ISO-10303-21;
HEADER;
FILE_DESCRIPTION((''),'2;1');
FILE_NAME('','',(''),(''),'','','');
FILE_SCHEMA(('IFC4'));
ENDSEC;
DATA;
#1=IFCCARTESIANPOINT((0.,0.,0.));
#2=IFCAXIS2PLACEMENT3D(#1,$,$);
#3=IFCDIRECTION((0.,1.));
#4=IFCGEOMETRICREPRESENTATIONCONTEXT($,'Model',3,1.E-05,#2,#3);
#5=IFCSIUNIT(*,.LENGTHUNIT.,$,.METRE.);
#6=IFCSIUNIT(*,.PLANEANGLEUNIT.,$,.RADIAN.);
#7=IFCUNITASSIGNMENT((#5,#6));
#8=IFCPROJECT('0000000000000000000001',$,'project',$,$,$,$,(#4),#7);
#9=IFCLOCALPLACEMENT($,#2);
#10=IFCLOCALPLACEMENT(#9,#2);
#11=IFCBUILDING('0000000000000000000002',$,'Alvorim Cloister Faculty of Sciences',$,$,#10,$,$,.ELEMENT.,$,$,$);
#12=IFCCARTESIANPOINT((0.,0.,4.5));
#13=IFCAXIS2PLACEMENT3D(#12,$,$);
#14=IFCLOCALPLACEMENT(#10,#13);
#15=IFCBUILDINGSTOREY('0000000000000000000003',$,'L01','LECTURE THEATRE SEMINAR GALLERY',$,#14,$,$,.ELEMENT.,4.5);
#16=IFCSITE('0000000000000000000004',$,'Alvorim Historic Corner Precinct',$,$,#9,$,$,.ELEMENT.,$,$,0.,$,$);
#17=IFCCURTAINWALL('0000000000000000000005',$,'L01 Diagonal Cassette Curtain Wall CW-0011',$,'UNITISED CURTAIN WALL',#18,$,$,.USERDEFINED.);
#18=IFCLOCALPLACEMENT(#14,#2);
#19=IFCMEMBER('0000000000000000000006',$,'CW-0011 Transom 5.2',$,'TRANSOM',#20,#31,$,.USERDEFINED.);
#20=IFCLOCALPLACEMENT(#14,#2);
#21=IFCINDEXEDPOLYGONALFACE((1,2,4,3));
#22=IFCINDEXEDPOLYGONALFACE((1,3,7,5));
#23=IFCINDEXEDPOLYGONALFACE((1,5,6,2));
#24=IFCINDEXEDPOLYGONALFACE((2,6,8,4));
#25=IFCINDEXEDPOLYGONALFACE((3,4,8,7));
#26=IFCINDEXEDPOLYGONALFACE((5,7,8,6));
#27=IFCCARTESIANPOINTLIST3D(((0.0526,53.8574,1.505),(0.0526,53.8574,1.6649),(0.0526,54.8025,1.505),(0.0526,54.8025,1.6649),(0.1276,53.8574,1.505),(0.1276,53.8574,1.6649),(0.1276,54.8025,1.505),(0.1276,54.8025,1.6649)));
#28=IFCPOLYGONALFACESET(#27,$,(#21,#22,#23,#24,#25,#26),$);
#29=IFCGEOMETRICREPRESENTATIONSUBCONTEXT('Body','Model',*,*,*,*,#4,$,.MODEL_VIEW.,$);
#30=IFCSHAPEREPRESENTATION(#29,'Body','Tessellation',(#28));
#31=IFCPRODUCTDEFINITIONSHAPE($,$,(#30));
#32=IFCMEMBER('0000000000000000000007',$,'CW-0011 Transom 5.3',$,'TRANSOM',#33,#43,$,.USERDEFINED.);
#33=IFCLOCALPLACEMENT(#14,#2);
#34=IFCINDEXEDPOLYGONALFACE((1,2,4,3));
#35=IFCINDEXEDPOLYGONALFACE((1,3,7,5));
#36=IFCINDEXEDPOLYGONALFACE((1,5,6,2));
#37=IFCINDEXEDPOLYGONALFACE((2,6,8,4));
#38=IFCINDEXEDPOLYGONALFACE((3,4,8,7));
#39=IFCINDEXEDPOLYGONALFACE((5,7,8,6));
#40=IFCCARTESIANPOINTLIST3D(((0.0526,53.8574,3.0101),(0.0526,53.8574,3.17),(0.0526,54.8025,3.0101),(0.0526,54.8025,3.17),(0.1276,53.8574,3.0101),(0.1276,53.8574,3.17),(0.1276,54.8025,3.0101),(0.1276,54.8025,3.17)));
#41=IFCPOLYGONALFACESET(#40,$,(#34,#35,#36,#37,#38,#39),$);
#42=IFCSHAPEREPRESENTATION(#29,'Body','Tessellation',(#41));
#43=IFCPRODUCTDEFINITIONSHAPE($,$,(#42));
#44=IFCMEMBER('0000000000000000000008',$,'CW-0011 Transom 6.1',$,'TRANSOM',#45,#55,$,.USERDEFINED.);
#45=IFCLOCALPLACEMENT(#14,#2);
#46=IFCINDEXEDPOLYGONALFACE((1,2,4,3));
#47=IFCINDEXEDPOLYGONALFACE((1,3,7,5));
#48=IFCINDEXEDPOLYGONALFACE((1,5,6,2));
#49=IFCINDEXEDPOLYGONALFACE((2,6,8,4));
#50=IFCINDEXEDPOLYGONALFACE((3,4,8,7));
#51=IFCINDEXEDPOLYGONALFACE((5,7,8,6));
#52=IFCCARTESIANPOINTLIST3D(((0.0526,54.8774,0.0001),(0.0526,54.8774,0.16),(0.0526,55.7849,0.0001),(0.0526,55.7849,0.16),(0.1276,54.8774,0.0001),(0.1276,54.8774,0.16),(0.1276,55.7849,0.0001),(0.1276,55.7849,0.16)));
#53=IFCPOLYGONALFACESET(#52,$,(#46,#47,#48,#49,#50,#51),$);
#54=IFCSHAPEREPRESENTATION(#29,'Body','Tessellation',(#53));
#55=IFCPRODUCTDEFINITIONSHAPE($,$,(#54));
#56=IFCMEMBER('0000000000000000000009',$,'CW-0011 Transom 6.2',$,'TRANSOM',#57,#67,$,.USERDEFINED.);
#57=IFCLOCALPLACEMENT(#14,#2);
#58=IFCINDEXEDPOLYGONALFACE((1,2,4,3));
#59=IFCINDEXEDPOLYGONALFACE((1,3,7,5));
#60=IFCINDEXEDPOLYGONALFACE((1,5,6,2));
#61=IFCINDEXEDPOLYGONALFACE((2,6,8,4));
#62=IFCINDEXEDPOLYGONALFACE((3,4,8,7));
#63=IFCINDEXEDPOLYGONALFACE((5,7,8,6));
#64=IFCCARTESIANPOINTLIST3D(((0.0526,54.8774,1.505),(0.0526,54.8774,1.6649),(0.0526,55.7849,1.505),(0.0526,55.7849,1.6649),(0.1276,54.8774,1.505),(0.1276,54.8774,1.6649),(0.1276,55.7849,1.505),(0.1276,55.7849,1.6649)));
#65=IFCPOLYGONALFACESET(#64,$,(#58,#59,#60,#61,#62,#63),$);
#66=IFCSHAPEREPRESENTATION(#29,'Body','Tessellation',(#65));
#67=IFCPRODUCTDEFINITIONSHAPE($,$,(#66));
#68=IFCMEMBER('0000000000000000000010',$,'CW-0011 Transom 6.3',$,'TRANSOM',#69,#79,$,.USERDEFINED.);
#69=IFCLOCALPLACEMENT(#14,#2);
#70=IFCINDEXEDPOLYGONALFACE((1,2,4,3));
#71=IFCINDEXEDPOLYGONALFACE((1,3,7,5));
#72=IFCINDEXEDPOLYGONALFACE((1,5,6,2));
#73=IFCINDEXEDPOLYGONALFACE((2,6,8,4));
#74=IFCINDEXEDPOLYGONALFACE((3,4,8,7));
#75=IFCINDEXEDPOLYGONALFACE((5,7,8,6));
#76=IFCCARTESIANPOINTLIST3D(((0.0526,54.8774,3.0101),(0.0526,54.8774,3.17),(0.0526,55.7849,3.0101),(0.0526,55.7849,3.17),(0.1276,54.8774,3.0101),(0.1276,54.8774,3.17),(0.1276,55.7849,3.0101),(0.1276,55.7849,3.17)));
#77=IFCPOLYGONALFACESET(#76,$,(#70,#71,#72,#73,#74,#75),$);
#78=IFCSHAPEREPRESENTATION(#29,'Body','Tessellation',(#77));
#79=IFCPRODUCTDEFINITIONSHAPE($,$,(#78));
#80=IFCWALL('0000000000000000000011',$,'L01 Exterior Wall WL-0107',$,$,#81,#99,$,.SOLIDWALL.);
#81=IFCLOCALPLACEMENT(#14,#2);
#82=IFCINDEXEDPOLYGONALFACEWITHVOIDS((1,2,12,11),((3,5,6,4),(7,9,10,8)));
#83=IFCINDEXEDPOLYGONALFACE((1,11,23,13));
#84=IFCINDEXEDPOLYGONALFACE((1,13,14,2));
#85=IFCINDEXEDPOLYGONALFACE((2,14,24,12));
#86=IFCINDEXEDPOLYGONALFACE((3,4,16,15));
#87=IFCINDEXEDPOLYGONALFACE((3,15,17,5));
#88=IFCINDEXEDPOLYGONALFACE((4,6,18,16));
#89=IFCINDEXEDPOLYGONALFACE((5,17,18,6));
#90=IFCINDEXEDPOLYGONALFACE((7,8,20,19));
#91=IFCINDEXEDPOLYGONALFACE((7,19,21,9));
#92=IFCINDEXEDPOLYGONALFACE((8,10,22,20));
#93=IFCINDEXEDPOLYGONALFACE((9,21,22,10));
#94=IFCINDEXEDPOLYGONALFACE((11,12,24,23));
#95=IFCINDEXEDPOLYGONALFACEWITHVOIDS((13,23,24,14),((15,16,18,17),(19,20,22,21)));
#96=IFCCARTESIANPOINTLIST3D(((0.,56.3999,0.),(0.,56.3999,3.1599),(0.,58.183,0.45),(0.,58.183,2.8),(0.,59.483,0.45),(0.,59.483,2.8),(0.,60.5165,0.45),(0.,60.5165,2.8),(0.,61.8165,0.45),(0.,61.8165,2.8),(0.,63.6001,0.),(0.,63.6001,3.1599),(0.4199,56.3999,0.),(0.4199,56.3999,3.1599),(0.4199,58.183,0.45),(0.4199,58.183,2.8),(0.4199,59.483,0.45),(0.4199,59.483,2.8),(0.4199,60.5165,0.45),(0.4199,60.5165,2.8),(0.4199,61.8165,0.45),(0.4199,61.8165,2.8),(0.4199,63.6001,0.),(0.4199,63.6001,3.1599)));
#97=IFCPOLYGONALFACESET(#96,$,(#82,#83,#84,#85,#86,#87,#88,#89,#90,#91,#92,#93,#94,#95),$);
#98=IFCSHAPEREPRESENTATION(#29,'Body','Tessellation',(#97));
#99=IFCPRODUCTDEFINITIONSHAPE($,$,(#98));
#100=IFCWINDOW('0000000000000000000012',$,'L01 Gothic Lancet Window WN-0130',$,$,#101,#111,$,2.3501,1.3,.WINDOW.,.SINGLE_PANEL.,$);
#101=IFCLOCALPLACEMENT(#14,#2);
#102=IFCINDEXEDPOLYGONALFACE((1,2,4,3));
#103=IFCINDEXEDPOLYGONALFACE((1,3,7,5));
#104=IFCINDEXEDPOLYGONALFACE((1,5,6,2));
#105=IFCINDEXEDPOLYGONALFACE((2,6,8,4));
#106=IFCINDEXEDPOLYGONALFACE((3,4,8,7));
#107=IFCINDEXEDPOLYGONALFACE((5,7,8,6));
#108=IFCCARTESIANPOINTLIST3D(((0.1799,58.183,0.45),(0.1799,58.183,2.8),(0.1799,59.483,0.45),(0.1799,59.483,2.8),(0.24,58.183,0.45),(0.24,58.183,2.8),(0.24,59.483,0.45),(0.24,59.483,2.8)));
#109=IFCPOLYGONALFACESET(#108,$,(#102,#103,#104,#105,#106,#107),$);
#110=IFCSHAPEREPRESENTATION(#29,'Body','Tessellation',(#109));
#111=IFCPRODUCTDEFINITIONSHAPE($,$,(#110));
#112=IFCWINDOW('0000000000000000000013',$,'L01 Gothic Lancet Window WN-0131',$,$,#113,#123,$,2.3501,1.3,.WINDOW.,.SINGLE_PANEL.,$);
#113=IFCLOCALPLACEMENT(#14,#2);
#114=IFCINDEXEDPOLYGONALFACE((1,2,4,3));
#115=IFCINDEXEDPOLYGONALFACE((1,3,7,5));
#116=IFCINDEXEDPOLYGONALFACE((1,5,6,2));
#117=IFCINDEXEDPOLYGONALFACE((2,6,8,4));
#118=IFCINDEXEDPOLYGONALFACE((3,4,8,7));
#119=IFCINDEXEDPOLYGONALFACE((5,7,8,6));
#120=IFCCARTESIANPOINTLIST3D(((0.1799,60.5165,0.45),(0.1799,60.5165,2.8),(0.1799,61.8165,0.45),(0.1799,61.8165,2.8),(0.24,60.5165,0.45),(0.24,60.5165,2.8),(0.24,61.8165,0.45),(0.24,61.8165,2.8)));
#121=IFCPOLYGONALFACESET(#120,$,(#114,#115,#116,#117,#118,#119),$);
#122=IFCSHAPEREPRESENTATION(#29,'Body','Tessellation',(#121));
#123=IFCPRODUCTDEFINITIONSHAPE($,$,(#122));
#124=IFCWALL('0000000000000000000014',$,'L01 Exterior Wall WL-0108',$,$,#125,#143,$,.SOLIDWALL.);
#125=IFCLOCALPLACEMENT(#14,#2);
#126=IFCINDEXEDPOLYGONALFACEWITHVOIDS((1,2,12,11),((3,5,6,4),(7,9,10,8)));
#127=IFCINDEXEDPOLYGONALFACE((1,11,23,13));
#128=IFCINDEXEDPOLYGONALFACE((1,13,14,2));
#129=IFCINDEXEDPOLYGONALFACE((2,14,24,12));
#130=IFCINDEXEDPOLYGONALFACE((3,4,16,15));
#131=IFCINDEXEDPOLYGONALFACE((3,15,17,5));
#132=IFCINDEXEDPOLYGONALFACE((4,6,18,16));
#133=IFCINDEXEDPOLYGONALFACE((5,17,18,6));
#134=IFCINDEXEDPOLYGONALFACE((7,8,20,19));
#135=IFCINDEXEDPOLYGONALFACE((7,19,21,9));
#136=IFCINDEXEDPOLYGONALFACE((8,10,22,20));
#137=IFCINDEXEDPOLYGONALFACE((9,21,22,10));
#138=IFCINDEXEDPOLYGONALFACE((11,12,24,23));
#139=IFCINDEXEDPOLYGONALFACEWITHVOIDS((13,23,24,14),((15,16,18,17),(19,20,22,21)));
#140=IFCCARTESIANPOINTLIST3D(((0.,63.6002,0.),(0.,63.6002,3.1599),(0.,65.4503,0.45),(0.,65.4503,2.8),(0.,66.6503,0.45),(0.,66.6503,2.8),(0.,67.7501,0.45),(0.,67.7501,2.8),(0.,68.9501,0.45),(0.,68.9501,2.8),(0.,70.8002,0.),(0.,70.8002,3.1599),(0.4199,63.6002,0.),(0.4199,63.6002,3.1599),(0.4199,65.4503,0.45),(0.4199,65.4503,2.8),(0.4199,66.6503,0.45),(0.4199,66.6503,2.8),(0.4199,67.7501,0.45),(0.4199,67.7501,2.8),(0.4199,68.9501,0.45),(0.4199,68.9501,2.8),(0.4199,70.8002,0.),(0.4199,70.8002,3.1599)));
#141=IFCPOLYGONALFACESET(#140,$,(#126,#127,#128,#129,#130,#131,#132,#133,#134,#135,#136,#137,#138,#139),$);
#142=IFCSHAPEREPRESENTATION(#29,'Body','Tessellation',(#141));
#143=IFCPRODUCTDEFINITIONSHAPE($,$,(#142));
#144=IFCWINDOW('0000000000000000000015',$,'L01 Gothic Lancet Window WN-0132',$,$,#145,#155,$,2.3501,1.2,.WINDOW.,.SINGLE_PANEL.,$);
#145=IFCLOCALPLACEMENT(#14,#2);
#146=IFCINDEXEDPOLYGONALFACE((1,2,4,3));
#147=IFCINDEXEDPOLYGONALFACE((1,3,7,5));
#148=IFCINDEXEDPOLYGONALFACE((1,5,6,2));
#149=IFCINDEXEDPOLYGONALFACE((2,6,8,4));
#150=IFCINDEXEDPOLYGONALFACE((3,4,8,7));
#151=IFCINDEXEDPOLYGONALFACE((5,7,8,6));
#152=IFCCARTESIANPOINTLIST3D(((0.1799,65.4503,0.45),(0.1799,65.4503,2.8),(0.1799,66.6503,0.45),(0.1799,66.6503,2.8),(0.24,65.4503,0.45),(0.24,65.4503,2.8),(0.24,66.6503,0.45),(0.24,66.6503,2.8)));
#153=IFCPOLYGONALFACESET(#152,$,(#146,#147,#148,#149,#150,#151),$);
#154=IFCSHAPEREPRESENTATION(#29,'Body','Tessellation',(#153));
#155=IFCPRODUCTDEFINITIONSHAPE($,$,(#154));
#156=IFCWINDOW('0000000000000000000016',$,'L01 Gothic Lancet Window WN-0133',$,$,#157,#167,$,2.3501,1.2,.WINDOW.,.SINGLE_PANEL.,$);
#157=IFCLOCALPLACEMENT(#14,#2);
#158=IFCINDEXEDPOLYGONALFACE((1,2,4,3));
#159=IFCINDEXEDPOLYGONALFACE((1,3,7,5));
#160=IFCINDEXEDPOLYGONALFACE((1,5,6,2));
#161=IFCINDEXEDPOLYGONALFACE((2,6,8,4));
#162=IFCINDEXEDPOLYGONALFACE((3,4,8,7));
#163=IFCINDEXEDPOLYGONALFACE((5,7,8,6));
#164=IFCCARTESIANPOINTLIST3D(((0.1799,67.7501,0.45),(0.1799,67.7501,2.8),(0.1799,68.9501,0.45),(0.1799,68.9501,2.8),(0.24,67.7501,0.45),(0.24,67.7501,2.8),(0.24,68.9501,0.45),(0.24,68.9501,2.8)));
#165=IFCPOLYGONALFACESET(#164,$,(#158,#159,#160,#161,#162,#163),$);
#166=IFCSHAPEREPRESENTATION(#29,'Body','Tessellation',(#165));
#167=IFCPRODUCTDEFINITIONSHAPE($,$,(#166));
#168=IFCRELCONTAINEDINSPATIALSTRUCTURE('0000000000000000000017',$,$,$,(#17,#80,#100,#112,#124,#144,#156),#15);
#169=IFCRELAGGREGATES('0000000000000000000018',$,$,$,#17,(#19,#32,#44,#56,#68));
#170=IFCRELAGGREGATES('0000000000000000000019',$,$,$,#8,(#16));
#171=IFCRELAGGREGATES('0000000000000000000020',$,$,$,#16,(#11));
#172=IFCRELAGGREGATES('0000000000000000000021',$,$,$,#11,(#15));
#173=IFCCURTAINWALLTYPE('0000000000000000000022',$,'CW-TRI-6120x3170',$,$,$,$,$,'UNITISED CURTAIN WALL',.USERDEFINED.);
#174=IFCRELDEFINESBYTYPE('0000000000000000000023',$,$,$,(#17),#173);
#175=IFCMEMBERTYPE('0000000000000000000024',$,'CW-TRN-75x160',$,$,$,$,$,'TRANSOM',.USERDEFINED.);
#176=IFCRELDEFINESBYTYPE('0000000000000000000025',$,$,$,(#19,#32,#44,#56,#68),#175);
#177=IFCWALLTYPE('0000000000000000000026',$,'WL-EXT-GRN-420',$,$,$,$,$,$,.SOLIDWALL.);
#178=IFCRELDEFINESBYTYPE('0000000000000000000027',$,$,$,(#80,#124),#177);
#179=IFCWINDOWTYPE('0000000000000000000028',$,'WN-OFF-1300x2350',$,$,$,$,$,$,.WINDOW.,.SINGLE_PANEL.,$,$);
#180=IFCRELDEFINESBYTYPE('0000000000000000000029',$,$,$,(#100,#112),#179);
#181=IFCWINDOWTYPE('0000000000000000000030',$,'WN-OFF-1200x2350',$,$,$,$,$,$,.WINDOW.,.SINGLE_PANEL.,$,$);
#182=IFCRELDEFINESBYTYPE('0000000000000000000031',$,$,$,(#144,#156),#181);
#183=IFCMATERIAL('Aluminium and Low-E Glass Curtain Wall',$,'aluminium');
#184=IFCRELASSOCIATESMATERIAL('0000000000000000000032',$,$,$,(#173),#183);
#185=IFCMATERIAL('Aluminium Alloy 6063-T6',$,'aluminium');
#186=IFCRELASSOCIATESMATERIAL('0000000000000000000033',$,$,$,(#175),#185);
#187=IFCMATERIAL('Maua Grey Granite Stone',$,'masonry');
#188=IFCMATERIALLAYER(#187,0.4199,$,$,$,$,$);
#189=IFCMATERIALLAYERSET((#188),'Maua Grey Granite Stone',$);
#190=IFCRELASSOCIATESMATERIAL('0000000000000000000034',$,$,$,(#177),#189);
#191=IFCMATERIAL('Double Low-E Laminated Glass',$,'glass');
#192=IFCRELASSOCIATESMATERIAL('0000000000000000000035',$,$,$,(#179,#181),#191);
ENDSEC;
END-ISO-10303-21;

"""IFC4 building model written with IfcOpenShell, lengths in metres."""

from ifc_helpers import new_model, si_unit, direction, frame, frame_2d, origin, origin_2d, place, context, subcontext, project, spatial, rectangle, extrude, material, layer, layer_set, material_profile, profile_set, type_object, element, fill, aggregate, save


model = new_model("IFC4")

# Units and contexts
model_context = context("Model", 3, precision=1e-05, world=origin(), true_north=direction((0.0, 1.0)))
body_context = subcontext(model_context, "Body", "Model", "MODEL_VIEW")
ifc_project = project(units=[si_unit("LENGTHUNIT", "METRE"), si_unit("PLANEANGLEUNIT", "RADIAN")], contexts=[model_context])

# Site, building, storey
site_placement = place(None, origin())
site = spatial("IfcSite", under=ifc_project, at=site_placement, Name="Alvorim Historic Corner Precinct", CompositionType="ELEMENT", RefElevation=0.0)
building_placement = place(site_placement, origin())
building = spatial("IfcBuilding", under=site, at=building_placement, Name="Alvorim Cloister Faculty of Sciences", CompositionType="ELEMENT")
storey_placement = place(building_placement, frame((0.0, 0.0, 4.5)))
storey = spatial("IfcBuildingStorey", under=building, at=storey_placement, Name="L01", Description="LECTURE THEATRE SEMINAR GALLERY", CompositionType="ELEMENT", Elevation=4.5)

# Curtain wall, members
ifc_material_1 = material(Name="Aluminium and Low-E Glass Curtain Wall", Category="aluminium")
curtain_wall_type = type_object("IfcCurtainWallType", Name="CW-TRI-6120x3170", ElementType="UNITISED CURTAIN WALL", PredefinedType="USERDEFINED", material=ifc_material_1)
curtain_wall_placement = place(storey_placement, origin())
curtain_wall = element("IfcCurtainWall", 1, at=curtain_wall_placement, inside=storey, type_object=curtain_wall_type, Name="L01 Diagonal Cassette Curtain Wall CW-0011", ObjectType="UNITISED CURTAIN WALL", PredefinedType="USERDEFINED")
ifc_material_2 = material(Name="Aluminium Alloy 6063-T6", Category="aluminium")
ifc_material_profile_1 = material_profile(ifc_material_2, rectangle(XDim=0.075, YDim=0.1599, at=origin_2d()), Name="ALU-TRN-75x160")
ifc_profile_set_1 = profile_set([ifc_material_profile_1], Name="Aluminium Alloy 6063-T6")
member_type_1 = type_object("IfcMemberType", Name="CW-TRN-75x160", ElementType="TRANSOM", PredefinedType="USERDEFINED", material=ifc_profile_set_1)
member_1_placement = place(storey_placement, frame((0.0901, 53.8574, 1.585), z_axis=(0.0, 1.0, 0.0), x_axis=(-1.0, 0.0, 0.0)))
member_1 = element("IfcMember", 2, at=member_1_placement, type_object=member_type_1, Name="CW-0011 Transom 5.2", ObjectType="TRANSOM", PredefinedType="USERDEFINED", context=body_context, shape_type="SweptSolid", body=[
    extrude(rectangle(XDim=0.075, YDim=0.1599, at=origin_2d()), origin(), (0.0, 0.0, 1.0), 0.9451),
])
member_2_placement = place(storey_placement, frame((0.0901, 53.8574, 3.0901), z_axis=(0.0, 1.0, 0.0), x_axis=(-1.0, 0.0, 0.0)))
member_2 = element("IfcMember", 3, at=member_2_placement, type_object=member_type_1, Name="CW-0011 Transom 5.3", ObjectType="TRANSOM", PredefinedType="USERDEFINED", context=body_context, shape_type="SweptSolid", body=[
    extrude(rectangle(XDim=0.075, YDim=0.1599, at=origin_2d()), origin(), (0.0, 0.0, 1.0), 0.9451),
])
member_3_placement = place(storey_placement, frame((0.0901, 54.8774, 0.0801), z_axis=(0.0, 1.0, 0.0), x_axis=(-1.0, 0.0, 0.0)))
member_3 = element("IfcMember", 4, at=member_3_placement, type_object=member_type_1, Name="CW-0011 Transom 6.1", ObjectType="TRANSOM", PredefinedType="USERDEFINED", context=body_context, shape_type="SweptSolid", body=[
    extrude(rectangle(XDim=0.075, YDim=0.1599, at=origin_2d()), origin(), (0.0, 0.0, 1.0), 0.9075),
])
member_4_placement = place(storey_placement, frame((0.0901, 54.8774, 1.585), z_axis=(0.0, 1.0, 0.0), x_axis=(-1.0, 0.0, 0.0)))
member_4 = element("IfcMember", 5, at=member_4_placement, type_object=member_type_1, Name="CW-0011 Transom 6.2", ObjectType="TRANSOM", PredefinedType="USERDEFINED", context=body_context, shape_type="SweptSolid", body=[
    extrude(rectangle(XDim=0.075, YDim=0.1599, at=origin_2d()), origin(), (0.0, 0.0, 1.0), 0.9075),
])
member_5_placement = place(storey_placement, frame((0.0901, 54.8774, 3.0901), z_axis=(0.0, 1.0, 0.0), x_axis=(-1.0, 0.0, 0.0)))
member_5 = element("IfcMember", 6, at=member_5_placement, type_object=member_type_1, Name="CW-0011 Transom 6.3", ObjectType="TRANSOM", PredefinedType="USERDEFINED", context=body_context, shape_type="SweptSolid", body=[
    extrude(rectangle(XDim=0.075, YDim=0.1599, at=origin_2d()), origin(), (0.0, 0.0, 1.0), 0.9075),
])
aggregate(curtain_wall, [member_1, member_2, member_3, member_4, member_5])

# Walls, openings, windows
ifc_material_3 = material(Name="Maua Grey Granite Stone", Category="masonry")
ifc_layer_1 = layer(ifc_material_3, 0.4199)
ifc_layer_set_1 = layer_set([ifc_layer_1], Name="Maua Grey Granite Stone")
wall_type_1 = type_object("IfcWallType", Name="WL-EXT-GRN-420", PredefinedType="SOLIDWALL", material=ifc_layer_set_1)
wall_1_placement = place(storey_placement, frame((0.21, 56.3999, 0.0), z_axis=(0.0, 0.0, 1.0), x_axis=(0.0, 1.0, 0.0)))
wall_1 = element("IfcWall", 7, at=wall_1_placement, inside=storey, type_object=wall_type_1, Name="L01 Exterior Wall WL-0107", PredefinedType="SOLIDWALL", context=body_context, shape_type="SweptSolid", body=[
    extrude(rectangle(XDim=7.2002, YDim=0.4199, at=frame_2d((3.6001, 0.0))), origin(), (0.0, 0.0, 1.0), 3.1599),
])
opening_1_placement = place(wall_1_placement, frame((1.7832, 0.0, 0.45)))
opening_1 = element("IfcOpeningElement", 8, at=opening_1_placement, cuts=wall_1, PredefinedType="OPENING", context=body_context, shape_type="SweptSolid", body=[
    extrude(rectangle(XDim=1.3, YDim=2.3501, at=frame_2d((0.6499, 1.175))), frame((0.0, 0.2219, 0.0), z_axis=(0.0, -1.0, 0.0), x_axis=(1.0, 0.0, 0.0)), (0.0, 0.0, 1.0), 0.4438),
])
opening_2_placement = place(wall_1_placement, frame((4.1167, 0.0, 0.45)))
opening_2 = element("IfcOpeningElement", 9, at=opening_2_placement, cuts=wall_1, PredefinedType="OPENING", context=body_context, shape_type="SweptSolid", body=[
    extrude(rectangle(XDim=1.3, YDim=2.3501, at=frame_2d((0.6499, 1.175))), frame((0.0, 0.2219, 0.0), z_axis=(0.0, -1.0, 0.0), x_axis=(1.0, 0.0, 0.0)), (0.0, 0.0, 1.0), 0.4438),
])
ifc_material_4 = material(Name="Double Low-E Laminated Glass", Category="glass")
window_type_1 = type_object("IfcWindowType", Name="WN-OFF-1300x2350", PartitioningType="SINGLE_PANEL", PredefinedType="WINDOW", material=ifc_material_4)
window_1_placement = place(opening_1_placement, origin())
window_1 = element("IfcWindow", 10, at=window_1_placement, inside=storey, type_object=window_type_1, Name="L01 Gothic Lancet Window WN-0130", OverallHeight=2.3501, OverallWidth=1.3, PartitioningType="SINGLE_PANEL", PredefinedType="WINDOW", context=body_context, shape_type="SweptSolid", body=[
    extrude(rectangle(XDim=1.3, YDim=2.3501, at=frame_2d((0.6499, 1.175))), frame((0.0, 0.03, 0.0), z_axis=(0.0, -1.0, 0.0), x_axis=(1.0, 0.0, 0.0)), (0.0, 0.0, 1.0), 0.0601),
])
fill(opening_1, window_1)
window_2_placement = place(opening_2_placement, origin())
window_2 = element("IfcWindow", 11, at=window_2_placement, inside=storey, type_object=window_type_1, Name="L01 Gothic Lancet Window WN-0131", OverallHeight=2.3501, OverallWidth=1.3, PartitioningType="SINGLE_PANEL", PredefinedType="WINDOW", context=body_context, shape_type="SweptSolid", body=[
    extrude(rectangle(XDim=1.3, YDim=2.3501, at=frame_2d((0.6499, 1.175))), frame((0.0, 0.03, 0.0), z_axis=(0.0, -1.0, 0.0), x_axis=(1.0, 0.0, 0.0)), (0.0, 0.0, 1.0), 0.0601),
])
fill(opening_2, window_2)
wall_2_placement = place(storey_placement, frame((0.21, 63.6001, 0.0), z_axis=(0.0, 0.0, 1.0), x_axis=(0.0, 1.0, 0.0)))
wall_2 = element("IfcWall", 12, at=wall_2_placement, inside=storey, type_object=wall_type_1, Name="L01 Exterior Wall WL-0108", PredefinedType="SOLIDWALL", context=body_context, shape_type="SweptSolid", body=[
    extrude(rectangle(XDim=7.2, YDim=0.4199, at=frame_2d((3.6001, 0.0))), origin(), (0.0, 0.0, 1.0), 3.1599),
])
opening_3_placement = place(wall_2_placement, frame((1.8501, 0.0, 0.45)))
opening_3 = element("IfcOpeningElement", 13, at=opening_3_placement, cuts=wall_2, PredefinedType="OPENING", context=body_context, shape_type="SweptSolid", body=[
    extrude(rectangle(XDim=1.2, YDim=2.3501, at=frame_2d((0.6001, 1.175))), frame((0.0, 0.2219, 0.0), z_axis=(0.0, -1.0, 0.0), x_axis=(1.0, 0.0, 0.0)), (0.0, 0.0, 1.0), 0.4438),
])
opening_4_placement = place(wall_2_placement, frame((4.1499, 0.0, 0.45)))
opening_4 = element("IfcOpeningElement", 14, at=opening_4_placement, cuts=wall_2, PredefinedType="OPENING", context=body_context, shape_type="SweptSolid", body=[
    extrude(rectangle(XDim=1.2, YDim=2.3501, at=frame_2d((0.6001, 1.175))), frame((0.0, 0.2219, 0.0), z_axis=(0.0, -1.0, 0.0), x_axis=(1.0, 0.0, 0.0)), (0.0, 0.0, 1.0), 0.4438),
])
window_type_2 = type_object("IfcWindowType", Name="WN-OFF-1200x2350", PartitioningType="SINGLE_PANEL", PredefinedType="WINDOW", material=ifc_material_4)
window_3_placement = place(opening_3_placement, origin())
window_3 = element("IfcWindow", 15, at=window_3_placement, inside=storey, type_object=window_type_2, Name="L01 Gothic Lancet Window WN-0132", OverallHeight=2.3501, OverallWidth=1.2, PartitioningType="SINGLE_PANEL", PredefinedType="WINDOW", context=body_context, shape_type="SweptSolid", body=[
    extrude(rectangle(XDim=1.2, YDim=2.3501, at=frame_2d((0.6001, 1.175))), frame((0.0, 0.03, 0.0), z_axis=(0.0, -1.0, 0.0), x_axis=(1.0, 0.0, 0.0)), (0.0, 0.0, 1.0), 0.0601),
])
fill(opening_3, window_3)
window_4_placement = place(opening_4_placement, origin())
window_4 = element("IfcWindow", 16, at=window_4_placement, inside=storey, type_object=window_type_2, Name="L01 Gothic Lancet Window WN-0133", OverallHeight=2.3501, OverallWidth=1.2, PartitioningType="SINGLE_PANEL", PredefinedType="WINDOW", context=body_context, shape_type="SweptSolid", body=[
    extrude(rectangle(XDim=1.2, YDim=2.3501, at=frame_2d((0.6001, 1.175))), frame((0.0, 0.03, 0.0), z_axis=(0.0, -1.0, 0.0), x_axis=(1.0, 0.0, 0.0)), (0.0, 0.0, 1.0), 0.0601),
])
fill(opening_4, window_4)

save(model, "model.ifc")
